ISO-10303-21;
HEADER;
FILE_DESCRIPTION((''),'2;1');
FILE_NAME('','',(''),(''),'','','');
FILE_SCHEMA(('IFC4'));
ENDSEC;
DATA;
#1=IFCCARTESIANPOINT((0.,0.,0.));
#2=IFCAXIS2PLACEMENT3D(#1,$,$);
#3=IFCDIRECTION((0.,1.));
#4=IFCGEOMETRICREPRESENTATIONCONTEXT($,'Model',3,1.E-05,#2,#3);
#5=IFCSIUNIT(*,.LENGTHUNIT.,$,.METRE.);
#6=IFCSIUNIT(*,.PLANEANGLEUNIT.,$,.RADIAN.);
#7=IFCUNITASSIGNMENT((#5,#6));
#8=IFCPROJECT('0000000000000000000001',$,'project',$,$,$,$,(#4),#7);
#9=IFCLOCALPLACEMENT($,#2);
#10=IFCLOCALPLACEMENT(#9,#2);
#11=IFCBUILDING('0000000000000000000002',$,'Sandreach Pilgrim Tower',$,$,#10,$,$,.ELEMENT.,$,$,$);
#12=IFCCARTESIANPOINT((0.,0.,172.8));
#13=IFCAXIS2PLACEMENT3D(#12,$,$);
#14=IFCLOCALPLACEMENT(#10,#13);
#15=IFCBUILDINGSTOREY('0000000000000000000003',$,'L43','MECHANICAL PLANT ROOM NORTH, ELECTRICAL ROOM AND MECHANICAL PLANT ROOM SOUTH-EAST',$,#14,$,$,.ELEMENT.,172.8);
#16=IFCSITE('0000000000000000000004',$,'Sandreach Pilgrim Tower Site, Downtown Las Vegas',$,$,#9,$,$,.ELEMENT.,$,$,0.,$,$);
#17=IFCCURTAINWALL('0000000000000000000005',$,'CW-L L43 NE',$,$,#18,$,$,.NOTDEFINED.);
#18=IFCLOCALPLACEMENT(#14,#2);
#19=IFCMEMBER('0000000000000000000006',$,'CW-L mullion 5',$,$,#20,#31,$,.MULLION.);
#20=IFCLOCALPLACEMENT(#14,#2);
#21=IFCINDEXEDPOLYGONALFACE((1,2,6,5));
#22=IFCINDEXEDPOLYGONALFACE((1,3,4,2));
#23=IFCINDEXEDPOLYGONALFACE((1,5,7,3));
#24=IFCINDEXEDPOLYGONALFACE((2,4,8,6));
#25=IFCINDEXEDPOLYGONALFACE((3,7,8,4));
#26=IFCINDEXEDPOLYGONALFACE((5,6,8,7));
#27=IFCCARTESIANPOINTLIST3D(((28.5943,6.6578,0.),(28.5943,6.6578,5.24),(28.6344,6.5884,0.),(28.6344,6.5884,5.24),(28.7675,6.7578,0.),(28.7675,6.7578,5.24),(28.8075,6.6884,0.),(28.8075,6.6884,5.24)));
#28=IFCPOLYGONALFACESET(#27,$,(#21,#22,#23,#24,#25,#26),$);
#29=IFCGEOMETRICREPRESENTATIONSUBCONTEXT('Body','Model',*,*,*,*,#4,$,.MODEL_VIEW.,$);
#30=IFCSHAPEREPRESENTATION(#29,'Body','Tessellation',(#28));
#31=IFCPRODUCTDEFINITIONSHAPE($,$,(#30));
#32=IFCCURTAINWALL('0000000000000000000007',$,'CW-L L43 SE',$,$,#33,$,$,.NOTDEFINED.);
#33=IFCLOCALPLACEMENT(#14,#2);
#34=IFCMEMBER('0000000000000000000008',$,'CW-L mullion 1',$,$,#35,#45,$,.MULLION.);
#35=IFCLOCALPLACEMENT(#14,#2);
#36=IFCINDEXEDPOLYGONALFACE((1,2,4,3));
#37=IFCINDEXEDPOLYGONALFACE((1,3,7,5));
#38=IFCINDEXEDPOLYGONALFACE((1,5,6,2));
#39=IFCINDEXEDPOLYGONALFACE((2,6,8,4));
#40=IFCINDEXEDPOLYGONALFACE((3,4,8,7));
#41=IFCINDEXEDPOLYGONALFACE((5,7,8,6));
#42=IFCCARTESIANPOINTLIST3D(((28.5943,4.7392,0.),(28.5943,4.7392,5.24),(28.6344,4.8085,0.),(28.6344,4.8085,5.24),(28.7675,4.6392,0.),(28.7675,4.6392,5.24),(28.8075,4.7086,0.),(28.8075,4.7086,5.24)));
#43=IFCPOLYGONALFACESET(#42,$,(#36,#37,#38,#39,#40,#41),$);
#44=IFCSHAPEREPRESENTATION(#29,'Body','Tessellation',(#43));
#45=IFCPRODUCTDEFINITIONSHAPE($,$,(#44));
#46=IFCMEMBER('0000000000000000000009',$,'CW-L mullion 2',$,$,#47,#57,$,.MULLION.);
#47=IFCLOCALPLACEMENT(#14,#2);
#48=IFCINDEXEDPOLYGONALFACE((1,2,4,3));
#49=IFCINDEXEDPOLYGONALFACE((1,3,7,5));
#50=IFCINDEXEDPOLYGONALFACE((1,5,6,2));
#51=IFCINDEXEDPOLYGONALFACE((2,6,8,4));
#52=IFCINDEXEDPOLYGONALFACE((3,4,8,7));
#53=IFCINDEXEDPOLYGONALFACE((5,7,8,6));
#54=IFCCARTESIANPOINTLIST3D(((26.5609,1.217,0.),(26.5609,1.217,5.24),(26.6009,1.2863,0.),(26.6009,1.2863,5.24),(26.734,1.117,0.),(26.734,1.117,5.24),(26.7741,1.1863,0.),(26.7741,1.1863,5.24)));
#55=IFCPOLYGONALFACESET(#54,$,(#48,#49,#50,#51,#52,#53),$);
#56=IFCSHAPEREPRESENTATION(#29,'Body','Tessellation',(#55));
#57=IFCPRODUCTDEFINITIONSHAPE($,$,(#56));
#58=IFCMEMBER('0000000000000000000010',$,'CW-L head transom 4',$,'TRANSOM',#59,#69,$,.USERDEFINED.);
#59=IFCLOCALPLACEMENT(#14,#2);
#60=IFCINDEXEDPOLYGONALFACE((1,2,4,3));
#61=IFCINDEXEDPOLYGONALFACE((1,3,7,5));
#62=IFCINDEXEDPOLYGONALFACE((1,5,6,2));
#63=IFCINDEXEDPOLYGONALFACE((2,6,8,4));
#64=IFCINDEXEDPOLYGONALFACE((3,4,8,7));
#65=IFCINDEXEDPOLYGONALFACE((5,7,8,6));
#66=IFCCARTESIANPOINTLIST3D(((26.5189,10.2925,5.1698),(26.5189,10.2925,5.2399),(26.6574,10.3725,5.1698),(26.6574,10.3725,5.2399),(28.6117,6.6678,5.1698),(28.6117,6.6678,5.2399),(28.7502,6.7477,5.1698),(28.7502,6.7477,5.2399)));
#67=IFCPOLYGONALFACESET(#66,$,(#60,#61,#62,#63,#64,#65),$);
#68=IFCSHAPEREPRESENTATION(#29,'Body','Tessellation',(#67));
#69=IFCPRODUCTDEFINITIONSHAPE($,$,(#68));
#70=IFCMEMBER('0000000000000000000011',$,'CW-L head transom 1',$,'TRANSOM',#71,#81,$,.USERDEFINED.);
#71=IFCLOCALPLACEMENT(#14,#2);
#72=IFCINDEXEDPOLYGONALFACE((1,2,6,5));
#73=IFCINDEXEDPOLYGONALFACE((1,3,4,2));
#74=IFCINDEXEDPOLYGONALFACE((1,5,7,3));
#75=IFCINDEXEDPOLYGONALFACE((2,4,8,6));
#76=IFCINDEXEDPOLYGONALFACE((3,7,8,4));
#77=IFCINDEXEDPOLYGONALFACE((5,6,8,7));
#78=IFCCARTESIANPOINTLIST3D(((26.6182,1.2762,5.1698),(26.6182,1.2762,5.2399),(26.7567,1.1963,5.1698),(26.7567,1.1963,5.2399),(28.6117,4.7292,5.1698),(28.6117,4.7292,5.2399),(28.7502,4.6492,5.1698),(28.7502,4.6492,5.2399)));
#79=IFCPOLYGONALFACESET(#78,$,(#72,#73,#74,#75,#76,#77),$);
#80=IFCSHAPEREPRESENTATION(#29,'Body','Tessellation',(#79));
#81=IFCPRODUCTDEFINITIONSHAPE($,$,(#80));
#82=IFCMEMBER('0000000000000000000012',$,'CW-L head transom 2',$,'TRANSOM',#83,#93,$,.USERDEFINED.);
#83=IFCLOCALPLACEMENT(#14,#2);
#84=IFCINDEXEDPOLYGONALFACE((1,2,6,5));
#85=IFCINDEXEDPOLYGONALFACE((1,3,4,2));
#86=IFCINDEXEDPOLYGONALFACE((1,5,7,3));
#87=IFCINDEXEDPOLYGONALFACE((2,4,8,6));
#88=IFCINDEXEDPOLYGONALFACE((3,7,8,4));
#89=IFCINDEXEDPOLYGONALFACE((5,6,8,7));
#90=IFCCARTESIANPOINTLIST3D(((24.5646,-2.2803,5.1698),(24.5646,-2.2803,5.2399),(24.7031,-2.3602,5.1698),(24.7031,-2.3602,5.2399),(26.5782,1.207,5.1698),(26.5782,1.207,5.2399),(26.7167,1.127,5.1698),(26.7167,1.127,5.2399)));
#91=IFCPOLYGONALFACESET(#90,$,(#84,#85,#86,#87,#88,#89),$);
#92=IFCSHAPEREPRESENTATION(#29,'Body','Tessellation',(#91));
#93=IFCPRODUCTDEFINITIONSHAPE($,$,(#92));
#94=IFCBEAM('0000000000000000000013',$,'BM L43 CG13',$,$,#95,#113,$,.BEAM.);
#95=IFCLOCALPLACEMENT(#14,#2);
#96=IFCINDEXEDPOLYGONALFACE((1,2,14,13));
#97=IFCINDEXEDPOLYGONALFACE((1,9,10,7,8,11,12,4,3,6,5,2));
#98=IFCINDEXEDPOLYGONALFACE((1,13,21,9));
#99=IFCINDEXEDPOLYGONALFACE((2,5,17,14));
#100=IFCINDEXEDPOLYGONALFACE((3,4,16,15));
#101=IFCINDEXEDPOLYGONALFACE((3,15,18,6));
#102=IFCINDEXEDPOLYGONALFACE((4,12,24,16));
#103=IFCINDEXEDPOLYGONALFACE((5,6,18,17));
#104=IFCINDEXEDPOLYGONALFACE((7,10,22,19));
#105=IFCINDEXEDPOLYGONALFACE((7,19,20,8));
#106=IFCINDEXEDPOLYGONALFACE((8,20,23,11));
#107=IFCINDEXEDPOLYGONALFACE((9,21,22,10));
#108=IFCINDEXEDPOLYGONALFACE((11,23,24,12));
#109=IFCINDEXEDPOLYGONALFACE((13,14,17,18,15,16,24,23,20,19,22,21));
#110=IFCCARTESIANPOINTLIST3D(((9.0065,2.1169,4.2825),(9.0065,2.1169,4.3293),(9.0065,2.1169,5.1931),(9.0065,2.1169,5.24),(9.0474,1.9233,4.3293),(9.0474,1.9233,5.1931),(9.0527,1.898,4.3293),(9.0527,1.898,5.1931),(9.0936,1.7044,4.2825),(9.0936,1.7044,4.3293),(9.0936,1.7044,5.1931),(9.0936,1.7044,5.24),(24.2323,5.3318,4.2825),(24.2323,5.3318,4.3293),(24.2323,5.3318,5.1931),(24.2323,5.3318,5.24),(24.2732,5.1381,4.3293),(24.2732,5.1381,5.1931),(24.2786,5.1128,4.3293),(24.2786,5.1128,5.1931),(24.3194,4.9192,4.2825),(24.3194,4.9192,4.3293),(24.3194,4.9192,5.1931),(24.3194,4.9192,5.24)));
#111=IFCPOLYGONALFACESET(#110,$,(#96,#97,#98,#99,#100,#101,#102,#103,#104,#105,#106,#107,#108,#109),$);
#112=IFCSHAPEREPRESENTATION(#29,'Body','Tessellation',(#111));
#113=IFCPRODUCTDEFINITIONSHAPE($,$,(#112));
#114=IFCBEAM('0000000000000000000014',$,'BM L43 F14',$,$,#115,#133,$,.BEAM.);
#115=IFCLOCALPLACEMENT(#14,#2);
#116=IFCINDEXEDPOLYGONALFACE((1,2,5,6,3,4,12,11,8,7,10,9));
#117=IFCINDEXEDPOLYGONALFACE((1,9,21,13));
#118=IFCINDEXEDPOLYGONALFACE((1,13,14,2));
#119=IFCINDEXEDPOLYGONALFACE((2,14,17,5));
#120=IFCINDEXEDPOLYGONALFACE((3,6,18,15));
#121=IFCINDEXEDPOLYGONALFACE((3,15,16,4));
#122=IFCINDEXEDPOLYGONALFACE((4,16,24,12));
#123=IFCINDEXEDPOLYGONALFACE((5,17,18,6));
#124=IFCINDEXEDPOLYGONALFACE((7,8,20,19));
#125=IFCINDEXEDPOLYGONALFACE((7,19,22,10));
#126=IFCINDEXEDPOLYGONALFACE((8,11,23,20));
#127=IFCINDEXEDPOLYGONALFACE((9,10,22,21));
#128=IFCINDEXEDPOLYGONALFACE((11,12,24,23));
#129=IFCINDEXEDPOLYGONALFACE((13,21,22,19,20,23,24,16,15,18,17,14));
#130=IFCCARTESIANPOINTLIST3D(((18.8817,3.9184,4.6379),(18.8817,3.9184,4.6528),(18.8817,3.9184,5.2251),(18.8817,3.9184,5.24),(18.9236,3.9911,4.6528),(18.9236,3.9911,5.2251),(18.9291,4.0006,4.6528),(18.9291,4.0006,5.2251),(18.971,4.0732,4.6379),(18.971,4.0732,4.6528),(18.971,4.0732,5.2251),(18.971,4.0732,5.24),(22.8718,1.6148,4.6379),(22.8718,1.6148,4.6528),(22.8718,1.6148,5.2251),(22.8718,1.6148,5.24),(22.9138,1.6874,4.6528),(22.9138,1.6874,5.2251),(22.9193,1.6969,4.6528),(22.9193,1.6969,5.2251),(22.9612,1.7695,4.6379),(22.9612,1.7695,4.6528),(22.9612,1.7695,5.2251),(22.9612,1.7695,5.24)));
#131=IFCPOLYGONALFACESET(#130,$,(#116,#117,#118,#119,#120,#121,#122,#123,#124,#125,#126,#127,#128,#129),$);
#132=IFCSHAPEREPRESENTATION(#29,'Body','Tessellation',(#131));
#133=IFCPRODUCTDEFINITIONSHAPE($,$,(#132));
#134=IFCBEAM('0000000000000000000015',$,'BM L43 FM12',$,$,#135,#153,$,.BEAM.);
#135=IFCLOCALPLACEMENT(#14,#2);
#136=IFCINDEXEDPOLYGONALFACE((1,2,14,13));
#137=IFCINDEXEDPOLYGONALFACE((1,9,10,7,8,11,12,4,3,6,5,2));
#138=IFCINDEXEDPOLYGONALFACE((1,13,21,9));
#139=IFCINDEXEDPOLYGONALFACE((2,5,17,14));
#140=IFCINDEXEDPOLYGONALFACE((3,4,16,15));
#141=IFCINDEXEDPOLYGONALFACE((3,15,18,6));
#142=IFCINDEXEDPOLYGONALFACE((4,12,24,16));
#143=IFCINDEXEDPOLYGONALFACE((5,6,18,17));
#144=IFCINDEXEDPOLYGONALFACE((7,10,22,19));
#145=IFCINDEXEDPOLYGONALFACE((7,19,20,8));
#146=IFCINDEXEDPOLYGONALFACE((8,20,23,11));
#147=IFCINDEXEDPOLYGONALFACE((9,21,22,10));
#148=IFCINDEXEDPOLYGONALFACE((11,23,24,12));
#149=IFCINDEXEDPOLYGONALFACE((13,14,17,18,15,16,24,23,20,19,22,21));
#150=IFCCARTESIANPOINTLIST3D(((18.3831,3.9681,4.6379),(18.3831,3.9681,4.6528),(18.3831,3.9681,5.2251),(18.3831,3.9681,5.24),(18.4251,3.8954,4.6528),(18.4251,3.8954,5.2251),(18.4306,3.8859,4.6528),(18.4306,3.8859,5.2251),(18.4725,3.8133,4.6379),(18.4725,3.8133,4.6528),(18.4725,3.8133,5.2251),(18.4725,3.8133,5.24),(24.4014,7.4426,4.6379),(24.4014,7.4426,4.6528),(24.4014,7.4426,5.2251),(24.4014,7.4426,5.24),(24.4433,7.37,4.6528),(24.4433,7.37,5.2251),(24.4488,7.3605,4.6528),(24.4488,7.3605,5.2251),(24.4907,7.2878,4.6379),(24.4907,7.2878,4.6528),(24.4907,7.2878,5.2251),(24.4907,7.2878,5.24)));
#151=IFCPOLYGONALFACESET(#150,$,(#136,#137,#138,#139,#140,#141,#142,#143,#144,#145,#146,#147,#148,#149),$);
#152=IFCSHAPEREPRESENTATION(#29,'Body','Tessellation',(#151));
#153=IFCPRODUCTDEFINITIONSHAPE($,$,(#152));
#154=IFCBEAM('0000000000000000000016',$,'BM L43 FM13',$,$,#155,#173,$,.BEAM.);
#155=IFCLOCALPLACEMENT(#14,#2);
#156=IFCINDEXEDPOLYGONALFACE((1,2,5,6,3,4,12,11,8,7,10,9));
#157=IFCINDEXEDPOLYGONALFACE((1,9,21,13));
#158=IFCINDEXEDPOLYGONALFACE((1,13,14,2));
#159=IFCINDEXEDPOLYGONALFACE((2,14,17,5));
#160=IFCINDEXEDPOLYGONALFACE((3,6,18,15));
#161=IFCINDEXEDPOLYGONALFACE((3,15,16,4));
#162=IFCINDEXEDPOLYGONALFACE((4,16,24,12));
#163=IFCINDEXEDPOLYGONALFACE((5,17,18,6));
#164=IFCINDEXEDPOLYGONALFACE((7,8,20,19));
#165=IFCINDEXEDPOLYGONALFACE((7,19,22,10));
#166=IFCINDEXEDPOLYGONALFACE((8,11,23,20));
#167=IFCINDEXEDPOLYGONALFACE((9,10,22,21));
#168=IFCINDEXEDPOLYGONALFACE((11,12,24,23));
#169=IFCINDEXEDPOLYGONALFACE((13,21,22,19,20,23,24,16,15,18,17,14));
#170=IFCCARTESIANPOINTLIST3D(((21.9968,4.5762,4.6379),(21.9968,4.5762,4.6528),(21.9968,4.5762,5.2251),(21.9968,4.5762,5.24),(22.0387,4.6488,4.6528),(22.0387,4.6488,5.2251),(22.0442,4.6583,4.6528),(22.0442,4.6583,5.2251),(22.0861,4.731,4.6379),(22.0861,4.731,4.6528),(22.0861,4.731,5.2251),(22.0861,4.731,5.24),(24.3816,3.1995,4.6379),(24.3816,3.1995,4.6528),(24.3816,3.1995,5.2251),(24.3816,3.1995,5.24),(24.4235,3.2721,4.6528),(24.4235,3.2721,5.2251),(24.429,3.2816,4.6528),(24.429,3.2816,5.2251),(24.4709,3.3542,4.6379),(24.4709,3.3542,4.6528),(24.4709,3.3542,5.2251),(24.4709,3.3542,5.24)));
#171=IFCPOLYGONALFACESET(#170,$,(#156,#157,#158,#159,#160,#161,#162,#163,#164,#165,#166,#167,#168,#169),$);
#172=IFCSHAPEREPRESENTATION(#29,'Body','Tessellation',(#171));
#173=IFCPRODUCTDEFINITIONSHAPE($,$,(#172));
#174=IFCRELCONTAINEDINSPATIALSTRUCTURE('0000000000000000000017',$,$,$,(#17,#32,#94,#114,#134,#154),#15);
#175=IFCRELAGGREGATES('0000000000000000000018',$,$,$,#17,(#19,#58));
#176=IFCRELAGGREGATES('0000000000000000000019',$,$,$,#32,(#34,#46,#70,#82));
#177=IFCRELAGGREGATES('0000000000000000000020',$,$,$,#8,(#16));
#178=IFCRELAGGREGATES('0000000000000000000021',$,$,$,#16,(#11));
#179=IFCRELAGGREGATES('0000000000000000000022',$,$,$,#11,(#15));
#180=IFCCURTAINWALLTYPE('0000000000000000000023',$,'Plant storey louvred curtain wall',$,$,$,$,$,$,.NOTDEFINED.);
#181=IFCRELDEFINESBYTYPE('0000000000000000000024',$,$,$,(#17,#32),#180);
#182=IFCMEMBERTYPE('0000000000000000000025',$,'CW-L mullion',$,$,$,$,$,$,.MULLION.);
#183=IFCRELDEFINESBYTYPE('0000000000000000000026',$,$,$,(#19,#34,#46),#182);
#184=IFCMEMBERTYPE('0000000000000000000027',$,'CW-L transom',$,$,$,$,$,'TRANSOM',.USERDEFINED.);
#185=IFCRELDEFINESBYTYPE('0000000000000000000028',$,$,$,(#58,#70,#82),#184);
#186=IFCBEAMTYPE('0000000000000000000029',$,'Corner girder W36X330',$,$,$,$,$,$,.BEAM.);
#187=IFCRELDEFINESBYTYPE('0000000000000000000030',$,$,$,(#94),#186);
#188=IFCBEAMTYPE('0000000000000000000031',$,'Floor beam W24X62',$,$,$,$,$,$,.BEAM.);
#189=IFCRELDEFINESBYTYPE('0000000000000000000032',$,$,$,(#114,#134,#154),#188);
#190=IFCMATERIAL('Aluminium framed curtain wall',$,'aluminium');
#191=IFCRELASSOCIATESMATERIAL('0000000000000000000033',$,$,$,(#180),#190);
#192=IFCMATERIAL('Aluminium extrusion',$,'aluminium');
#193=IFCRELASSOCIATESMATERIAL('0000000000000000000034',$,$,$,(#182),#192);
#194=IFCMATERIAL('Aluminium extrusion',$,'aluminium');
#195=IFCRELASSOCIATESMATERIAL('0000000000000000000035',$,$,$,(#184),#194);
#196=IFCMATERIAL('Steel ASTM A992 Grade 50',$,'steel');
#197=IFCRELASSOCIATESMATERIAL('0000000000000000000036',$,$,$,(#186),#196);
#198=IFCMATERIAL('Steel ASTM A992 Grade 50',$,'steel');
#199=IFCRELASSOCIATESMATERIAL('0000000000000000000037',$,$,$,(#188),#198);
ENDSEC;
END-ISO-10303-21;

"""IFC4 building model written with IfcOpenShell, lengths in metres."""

from ifc_helpers import new_model, si_unit, direction, frame, origin, origin_2d, place, context, subcontext, project, spatial, rectangle, i_section, extrude, material, material_profile, profile_set, type_object, element, aggregate, save


model = new_model("IFC4")

# Units and contexts
model_context = context("Model", 3, precision=1e-05, world=origin(), true_north=direction((0.0, 1.0)))
body_context = subcontext(model_context, "Body", "Model", "MODEL_VIEW")
ifc_project = project(units=[si_unit("LENGTHUNIT", "METRE"), si_unit("PLANEANGLEUNIT", "RADIAN")], contexts=[model_context])

# Site, building, storey
site_placement = place(None, origin())
site = spatial("IfcSite", under=ifc_project, at=site_placement, Name="Sandreach Pilgrim Tower Site, Downtown Las Vegas", CompositionType="ELEMENT", RefElevation=0.0)
building_placement = place(site_placement, origin())
building = spatial("IfcBuilding", under=site, at=building_placement, Name="Sandreach Pilgrim Tower", CompositionType="ELEMENT")
storey_placement = place(building_placement, frame((0.0, 0.0, 172.8)))
storey = spatial("IfcBuildingStorey", under=building, at=storey_placement, Name="L43", Description="MECHANICAL PLANT ROOM NORTH, ELECTRICAL ROOM AND MECHANICAL PLANT ROOM SOUTH-EAST", CompositionType="ELEMENT", Elevation=172.8)

# Curtain wall, member
ifc_material_1 = material(Name="Aluminium framed curtain wall", Category="aluminium")
curtain_wall_type = type_object("IfcCurtainWallType", Name="Plant storey louvred curtain wall", PredefinedType="NOTDEFINED", material=ifc_material_1)
curtain_wall_1_placement = place(storey_placement, origin())
curtain_wall_1 = element("IfcCurtainWall", 1, at=curtain_wall_1_placement, inside=storey, type_object=curtain_wall_type, Name="CW-L L43 NE", PredefinedType="NOTDEFINED")
ifc_material_2 = material(Name="Aluminium extrusion", Category="aluminium")
ifc_material_profile_1 = material_profile(ifc_material_2, rectangle(XDim=0.0801, YDim=0.2, at=origin_2d()), Name="CW-LM 80X200")
ifc_profile_set_1 = profile_set([ifc_material_profile_1], Name="Aluminium extrusion")
member_type_1 = type_object("IfcMemberType", Name="CW-L mullion", PredefinedType="MULLION", material=ifc_profile_set_1)
member_1_placement = place(storey_placement, frame((28.7009, 6.6731, 0.0), z_axis=(0.0, 0.0, 1.0), x_axis=(0.5, -0.866025, 0.0)))
member_1 = element("IfcMember", 2, at=member_1_placement, type_object=member_type_1, Name="CW-L mullion 5", PredefinedType="MULLION", context=body_context, shape_type="SweptSolid", body=[
    extrude(rectangle(XDim=0.0801, YDim=0.2, at=origin_2d()), origin(), (0.0, 0.0, 1.0), 5.24),
])

# Curtain wall, members
curtain_wall_2_placement = place(storey_placement, origin())
curtain_wall_2 = element("IfcCurtainWall", 3, at=curtain_wall_2_placement, inside=storey, type_object=curtain_wall_type, Name="CW-L L43 SE", PredefinedType="NOTDEFINED")
member_2_placement = place(storey_placement, frame((28.7009, 4.7239, 0.0), z_axis=(0.0, 0.0, 1.0), x_axis=(-0.5, -0.866025, 0.0)))
member_2 = element("IfcMember", 4, at=member_2_placement, type_object=member_type_1, Name="CW-L mullion 1", PredefinedType="MULLION", context=body_context, shape_type="SweptSolid", body=[
    extrude(rectangle(XDim=0.0801, YDim=0.2, at=origin_2d()), origin(), (0.0, 0.0, 1.0), 5.24),
])
member_3_placement = place(storey_placement, frame((26.6675, 1.2017, 0.0), z_axis=(0.0, 0.0, 1.0), x_axis=(-0.5, -0.866025, 0.0)))
member_3 = element("IfcMember", 5, at=member_3_placement, type_object=member_type_1, Name="CW-L mullion 2", PredefinedType="MULLION", context=body_context, shape_type="SweptSolid", body=[
    extrude(rectangle(XDim=0.0801, YDim=0.2, at=origin_2d()), origin(), (0.0, 0.0, 1.0), 5.24),
])

# Members
ifc_material_3 = material(Name="Aluminium extrusion", Category="aluminium")
ifc_material_profile_2 = material_profile(ifc_material_3, rectangle(XDim=0.1599, YDim=0.0701, at=origin_2d()), Name="CW-LT 160X70")
ifc_profile_set_2 = profile_set([ifc_material_profile_2], Name="Aluminium extrusion")
member_type_2 = type_object("IfcMemberType", Name="CW-L transom", ElementType="TRANSOM", PredefinedType="USERDEFINED", material=ifc_profile_set_2)
member_4_placement = place(storey_placement, frame((26.5881, 10.3325, 5.2048), z_axis=(0.500004, -0.866023, 0.0), x_axis=(0.866023, 0.500004, 0.0)))
member_4 = element("IfcMember", 6, at=member_4_placement, type_object=member_type_2, Name="CW-L head transom 4", ObjectType="TRANSOM", PredefinedType="USERDEFINED", context=body_context, shape_type="SweptSolid", body=[
    extrude(rectangle(XDim=0.1599, YDim=0.0701, at=origin_2d()), origin(), (0.0, 0.0, 1.0), 4.1855),
])
member_5_placement = place(storey_placement, frame((28.6809, 4.6892, 5.2048), z_axis=(-0.499979, -0.866038, 0.0), x_axis=(0.866038, -0.499979, 0.0)))
member_5 = element("IfcMember", 7, at=member_5_placement, type_object=member_type_2, Name="CW-L head transom 1", ObjectType="TRANSOM", PredefinedType="USERDEFINED", context=body_context, shape_type="SweptSolid", body=[
    extrude(rectangle(XDim=0.1599, YDim=0.0701, at=origin_2d()), origin(), (0.0, 0.0, 1.0), 3.9871),
])
member_6_placement = place(storey_placement, frame((26.6475, 1.167, 5.2048), z_axis=(-0.500051, -0.865996, 0.0), x_axis=(0.865996, -0.500051, 0.0)))
member_6 = element("IfcMember", 8, at=member_6_placement, type_object=member_type_2, Name="CW-L head transom 2", ObjectType="TRANSOM", PredefinedType="USERDEFINED", context=body_context, shape_type="SweptSolid", body=[
    extrude(rectangle(XDim=0.1599, YDim=0.0701, at=origin_2d()), origin(), (0.0, 0.0, 1.0), 4.0269),
])

# Beams
ifc_material_4 = material(Name="Steel ASTM A992 Grade 50", Category="steel")
ifc_material_profile_3 = material_profile(ifc_material_4, i_section(OverallWidth=0.4216, OverallDepth=0.9575, WebThickness=0.0259, FlangeThickness=0.0469, at=origin_2d()), Name="W36X330")
ifc_profile_set_3 = profile_set([ifc_material_profile_3], Name="Steel ASTM A992 Grade 50")
beam_type_1 = type_object("IfcBeamType", Name="Corner girder W36X330", PredefinedType="BEAM", material=ifc_profile_set_3)
beam_1_placement = place(storey_placement, frame((24.2759, 5.1255, 4.7612), z_axis=(-0.978428, -0.206589, 0.0), x_axis=(0.206589, -0.978428, 0.0)))
element("IfcBeam", 9, at=beam_1_placement, inside=storey, type_object=beam_type_1, Name="BM L43 CG13", PredefinedType="BEAM", context=body_context, shape_type="SweptSolid", body=[
    extrude(i_section(OverallWidth=0.4216, OverallDepth=0.9575, WebThickness=0.0259, FlangeThickness=0.0469, at=origin_2d()), origin(), (0.0, 0.0, 1.0), 15.5615),
])
ifc_material_5 = material(Name="Steel ASTM A992 Grade 50", Category="steel")
ifc_material_profile_4 = material_profile(ifc_material_5, i_section(OverallWidth=0.1787, OverallDepth=0.6021, WebThickness=0.011, FlangeThickness=0.0149, at=origin_2d()), Name="W24X62")
ifc_profile_set_4 = profile_set([ifc_material_profile_4], Name="Steel ASTM A992 Grade 50")
beam_type_2 = type_object("IfcBeamType", Name="Floor beam W24X62", PredefinedType="BEAM", material=ifc_profile_set_4)
beam_2_placement = place(storey_placement, frame((22.9165, 1.6921, 4.939), z_axis=(-0.86603, 0.499992, 0.0), x_axis=(-0.499992, -0.86603, 0.0)))
element("IfcBeam", 10, at=beam_2_placement, inside=storey, type_object=beam_type_2, Name="BM L43 F14", PredefinedType="BEAM", context=body_context, shape_type="SweptSolid", body=[
    extrude(i_section(OverallWidth=0.1787, OverallDepth=0.6021, WebThickness=0.011, FlangeThickness=0.0149, at=origin_2d()), origin(), (0.0, 0.0, 1.0), 4.6074),
])
beam_3_placement = place(storey_placement, frame((24.446, 7.3652, 4.939), z_axis=(-0.866029, -0.499993, 0.0), x_axis=(0.499993, -0.866029, 0.0)))
element("IfcBeam", 11, at=beam_3_placement, inside=storey, type_object=beam_type_2, Name="BM L43 FM12", PredefinedType="BEAM", context=body_context, shape_type="SweptSolid", body=[
    extrude(i_section(OverallWidth=0.1787, OverallDepth=0.6021, WebThickness=0.011, FlangeThickness=0.0149, at=origin_2d()), origin(), (0.0, 0.0, 1.0), 6.9492),
])
beam_4_placement = place(storey_placement, frame((24.4263, 3.2769, 4.939), z_axis=(-0.866047, 0.499963, 0.0), x_axis=(-0.499963, -0.866047, 0.0)))
element("IfcBeam", 12, at=beam_4_placement, inside=storey, type_object=beam_type_2, Name="BM L43 FM13", PredefinedType="BEAM", context=body_context, shape_type="SweptSolid", body=[
    extrude(i_section(OverallWidth=0.1787, OverallDepth=0.6021, WebThickness=0.011, FlangeThickness=0.0149, at=origin_2d()), origin(), (0.0, 0.0, 1.0), 2.7537),
])

aggregate(curtain_wall_1, [member_1, member_4])
aggregate(curtain_wall_2, [member_2, member_3, member_5, member_6])

save(model, "model.ifc")
